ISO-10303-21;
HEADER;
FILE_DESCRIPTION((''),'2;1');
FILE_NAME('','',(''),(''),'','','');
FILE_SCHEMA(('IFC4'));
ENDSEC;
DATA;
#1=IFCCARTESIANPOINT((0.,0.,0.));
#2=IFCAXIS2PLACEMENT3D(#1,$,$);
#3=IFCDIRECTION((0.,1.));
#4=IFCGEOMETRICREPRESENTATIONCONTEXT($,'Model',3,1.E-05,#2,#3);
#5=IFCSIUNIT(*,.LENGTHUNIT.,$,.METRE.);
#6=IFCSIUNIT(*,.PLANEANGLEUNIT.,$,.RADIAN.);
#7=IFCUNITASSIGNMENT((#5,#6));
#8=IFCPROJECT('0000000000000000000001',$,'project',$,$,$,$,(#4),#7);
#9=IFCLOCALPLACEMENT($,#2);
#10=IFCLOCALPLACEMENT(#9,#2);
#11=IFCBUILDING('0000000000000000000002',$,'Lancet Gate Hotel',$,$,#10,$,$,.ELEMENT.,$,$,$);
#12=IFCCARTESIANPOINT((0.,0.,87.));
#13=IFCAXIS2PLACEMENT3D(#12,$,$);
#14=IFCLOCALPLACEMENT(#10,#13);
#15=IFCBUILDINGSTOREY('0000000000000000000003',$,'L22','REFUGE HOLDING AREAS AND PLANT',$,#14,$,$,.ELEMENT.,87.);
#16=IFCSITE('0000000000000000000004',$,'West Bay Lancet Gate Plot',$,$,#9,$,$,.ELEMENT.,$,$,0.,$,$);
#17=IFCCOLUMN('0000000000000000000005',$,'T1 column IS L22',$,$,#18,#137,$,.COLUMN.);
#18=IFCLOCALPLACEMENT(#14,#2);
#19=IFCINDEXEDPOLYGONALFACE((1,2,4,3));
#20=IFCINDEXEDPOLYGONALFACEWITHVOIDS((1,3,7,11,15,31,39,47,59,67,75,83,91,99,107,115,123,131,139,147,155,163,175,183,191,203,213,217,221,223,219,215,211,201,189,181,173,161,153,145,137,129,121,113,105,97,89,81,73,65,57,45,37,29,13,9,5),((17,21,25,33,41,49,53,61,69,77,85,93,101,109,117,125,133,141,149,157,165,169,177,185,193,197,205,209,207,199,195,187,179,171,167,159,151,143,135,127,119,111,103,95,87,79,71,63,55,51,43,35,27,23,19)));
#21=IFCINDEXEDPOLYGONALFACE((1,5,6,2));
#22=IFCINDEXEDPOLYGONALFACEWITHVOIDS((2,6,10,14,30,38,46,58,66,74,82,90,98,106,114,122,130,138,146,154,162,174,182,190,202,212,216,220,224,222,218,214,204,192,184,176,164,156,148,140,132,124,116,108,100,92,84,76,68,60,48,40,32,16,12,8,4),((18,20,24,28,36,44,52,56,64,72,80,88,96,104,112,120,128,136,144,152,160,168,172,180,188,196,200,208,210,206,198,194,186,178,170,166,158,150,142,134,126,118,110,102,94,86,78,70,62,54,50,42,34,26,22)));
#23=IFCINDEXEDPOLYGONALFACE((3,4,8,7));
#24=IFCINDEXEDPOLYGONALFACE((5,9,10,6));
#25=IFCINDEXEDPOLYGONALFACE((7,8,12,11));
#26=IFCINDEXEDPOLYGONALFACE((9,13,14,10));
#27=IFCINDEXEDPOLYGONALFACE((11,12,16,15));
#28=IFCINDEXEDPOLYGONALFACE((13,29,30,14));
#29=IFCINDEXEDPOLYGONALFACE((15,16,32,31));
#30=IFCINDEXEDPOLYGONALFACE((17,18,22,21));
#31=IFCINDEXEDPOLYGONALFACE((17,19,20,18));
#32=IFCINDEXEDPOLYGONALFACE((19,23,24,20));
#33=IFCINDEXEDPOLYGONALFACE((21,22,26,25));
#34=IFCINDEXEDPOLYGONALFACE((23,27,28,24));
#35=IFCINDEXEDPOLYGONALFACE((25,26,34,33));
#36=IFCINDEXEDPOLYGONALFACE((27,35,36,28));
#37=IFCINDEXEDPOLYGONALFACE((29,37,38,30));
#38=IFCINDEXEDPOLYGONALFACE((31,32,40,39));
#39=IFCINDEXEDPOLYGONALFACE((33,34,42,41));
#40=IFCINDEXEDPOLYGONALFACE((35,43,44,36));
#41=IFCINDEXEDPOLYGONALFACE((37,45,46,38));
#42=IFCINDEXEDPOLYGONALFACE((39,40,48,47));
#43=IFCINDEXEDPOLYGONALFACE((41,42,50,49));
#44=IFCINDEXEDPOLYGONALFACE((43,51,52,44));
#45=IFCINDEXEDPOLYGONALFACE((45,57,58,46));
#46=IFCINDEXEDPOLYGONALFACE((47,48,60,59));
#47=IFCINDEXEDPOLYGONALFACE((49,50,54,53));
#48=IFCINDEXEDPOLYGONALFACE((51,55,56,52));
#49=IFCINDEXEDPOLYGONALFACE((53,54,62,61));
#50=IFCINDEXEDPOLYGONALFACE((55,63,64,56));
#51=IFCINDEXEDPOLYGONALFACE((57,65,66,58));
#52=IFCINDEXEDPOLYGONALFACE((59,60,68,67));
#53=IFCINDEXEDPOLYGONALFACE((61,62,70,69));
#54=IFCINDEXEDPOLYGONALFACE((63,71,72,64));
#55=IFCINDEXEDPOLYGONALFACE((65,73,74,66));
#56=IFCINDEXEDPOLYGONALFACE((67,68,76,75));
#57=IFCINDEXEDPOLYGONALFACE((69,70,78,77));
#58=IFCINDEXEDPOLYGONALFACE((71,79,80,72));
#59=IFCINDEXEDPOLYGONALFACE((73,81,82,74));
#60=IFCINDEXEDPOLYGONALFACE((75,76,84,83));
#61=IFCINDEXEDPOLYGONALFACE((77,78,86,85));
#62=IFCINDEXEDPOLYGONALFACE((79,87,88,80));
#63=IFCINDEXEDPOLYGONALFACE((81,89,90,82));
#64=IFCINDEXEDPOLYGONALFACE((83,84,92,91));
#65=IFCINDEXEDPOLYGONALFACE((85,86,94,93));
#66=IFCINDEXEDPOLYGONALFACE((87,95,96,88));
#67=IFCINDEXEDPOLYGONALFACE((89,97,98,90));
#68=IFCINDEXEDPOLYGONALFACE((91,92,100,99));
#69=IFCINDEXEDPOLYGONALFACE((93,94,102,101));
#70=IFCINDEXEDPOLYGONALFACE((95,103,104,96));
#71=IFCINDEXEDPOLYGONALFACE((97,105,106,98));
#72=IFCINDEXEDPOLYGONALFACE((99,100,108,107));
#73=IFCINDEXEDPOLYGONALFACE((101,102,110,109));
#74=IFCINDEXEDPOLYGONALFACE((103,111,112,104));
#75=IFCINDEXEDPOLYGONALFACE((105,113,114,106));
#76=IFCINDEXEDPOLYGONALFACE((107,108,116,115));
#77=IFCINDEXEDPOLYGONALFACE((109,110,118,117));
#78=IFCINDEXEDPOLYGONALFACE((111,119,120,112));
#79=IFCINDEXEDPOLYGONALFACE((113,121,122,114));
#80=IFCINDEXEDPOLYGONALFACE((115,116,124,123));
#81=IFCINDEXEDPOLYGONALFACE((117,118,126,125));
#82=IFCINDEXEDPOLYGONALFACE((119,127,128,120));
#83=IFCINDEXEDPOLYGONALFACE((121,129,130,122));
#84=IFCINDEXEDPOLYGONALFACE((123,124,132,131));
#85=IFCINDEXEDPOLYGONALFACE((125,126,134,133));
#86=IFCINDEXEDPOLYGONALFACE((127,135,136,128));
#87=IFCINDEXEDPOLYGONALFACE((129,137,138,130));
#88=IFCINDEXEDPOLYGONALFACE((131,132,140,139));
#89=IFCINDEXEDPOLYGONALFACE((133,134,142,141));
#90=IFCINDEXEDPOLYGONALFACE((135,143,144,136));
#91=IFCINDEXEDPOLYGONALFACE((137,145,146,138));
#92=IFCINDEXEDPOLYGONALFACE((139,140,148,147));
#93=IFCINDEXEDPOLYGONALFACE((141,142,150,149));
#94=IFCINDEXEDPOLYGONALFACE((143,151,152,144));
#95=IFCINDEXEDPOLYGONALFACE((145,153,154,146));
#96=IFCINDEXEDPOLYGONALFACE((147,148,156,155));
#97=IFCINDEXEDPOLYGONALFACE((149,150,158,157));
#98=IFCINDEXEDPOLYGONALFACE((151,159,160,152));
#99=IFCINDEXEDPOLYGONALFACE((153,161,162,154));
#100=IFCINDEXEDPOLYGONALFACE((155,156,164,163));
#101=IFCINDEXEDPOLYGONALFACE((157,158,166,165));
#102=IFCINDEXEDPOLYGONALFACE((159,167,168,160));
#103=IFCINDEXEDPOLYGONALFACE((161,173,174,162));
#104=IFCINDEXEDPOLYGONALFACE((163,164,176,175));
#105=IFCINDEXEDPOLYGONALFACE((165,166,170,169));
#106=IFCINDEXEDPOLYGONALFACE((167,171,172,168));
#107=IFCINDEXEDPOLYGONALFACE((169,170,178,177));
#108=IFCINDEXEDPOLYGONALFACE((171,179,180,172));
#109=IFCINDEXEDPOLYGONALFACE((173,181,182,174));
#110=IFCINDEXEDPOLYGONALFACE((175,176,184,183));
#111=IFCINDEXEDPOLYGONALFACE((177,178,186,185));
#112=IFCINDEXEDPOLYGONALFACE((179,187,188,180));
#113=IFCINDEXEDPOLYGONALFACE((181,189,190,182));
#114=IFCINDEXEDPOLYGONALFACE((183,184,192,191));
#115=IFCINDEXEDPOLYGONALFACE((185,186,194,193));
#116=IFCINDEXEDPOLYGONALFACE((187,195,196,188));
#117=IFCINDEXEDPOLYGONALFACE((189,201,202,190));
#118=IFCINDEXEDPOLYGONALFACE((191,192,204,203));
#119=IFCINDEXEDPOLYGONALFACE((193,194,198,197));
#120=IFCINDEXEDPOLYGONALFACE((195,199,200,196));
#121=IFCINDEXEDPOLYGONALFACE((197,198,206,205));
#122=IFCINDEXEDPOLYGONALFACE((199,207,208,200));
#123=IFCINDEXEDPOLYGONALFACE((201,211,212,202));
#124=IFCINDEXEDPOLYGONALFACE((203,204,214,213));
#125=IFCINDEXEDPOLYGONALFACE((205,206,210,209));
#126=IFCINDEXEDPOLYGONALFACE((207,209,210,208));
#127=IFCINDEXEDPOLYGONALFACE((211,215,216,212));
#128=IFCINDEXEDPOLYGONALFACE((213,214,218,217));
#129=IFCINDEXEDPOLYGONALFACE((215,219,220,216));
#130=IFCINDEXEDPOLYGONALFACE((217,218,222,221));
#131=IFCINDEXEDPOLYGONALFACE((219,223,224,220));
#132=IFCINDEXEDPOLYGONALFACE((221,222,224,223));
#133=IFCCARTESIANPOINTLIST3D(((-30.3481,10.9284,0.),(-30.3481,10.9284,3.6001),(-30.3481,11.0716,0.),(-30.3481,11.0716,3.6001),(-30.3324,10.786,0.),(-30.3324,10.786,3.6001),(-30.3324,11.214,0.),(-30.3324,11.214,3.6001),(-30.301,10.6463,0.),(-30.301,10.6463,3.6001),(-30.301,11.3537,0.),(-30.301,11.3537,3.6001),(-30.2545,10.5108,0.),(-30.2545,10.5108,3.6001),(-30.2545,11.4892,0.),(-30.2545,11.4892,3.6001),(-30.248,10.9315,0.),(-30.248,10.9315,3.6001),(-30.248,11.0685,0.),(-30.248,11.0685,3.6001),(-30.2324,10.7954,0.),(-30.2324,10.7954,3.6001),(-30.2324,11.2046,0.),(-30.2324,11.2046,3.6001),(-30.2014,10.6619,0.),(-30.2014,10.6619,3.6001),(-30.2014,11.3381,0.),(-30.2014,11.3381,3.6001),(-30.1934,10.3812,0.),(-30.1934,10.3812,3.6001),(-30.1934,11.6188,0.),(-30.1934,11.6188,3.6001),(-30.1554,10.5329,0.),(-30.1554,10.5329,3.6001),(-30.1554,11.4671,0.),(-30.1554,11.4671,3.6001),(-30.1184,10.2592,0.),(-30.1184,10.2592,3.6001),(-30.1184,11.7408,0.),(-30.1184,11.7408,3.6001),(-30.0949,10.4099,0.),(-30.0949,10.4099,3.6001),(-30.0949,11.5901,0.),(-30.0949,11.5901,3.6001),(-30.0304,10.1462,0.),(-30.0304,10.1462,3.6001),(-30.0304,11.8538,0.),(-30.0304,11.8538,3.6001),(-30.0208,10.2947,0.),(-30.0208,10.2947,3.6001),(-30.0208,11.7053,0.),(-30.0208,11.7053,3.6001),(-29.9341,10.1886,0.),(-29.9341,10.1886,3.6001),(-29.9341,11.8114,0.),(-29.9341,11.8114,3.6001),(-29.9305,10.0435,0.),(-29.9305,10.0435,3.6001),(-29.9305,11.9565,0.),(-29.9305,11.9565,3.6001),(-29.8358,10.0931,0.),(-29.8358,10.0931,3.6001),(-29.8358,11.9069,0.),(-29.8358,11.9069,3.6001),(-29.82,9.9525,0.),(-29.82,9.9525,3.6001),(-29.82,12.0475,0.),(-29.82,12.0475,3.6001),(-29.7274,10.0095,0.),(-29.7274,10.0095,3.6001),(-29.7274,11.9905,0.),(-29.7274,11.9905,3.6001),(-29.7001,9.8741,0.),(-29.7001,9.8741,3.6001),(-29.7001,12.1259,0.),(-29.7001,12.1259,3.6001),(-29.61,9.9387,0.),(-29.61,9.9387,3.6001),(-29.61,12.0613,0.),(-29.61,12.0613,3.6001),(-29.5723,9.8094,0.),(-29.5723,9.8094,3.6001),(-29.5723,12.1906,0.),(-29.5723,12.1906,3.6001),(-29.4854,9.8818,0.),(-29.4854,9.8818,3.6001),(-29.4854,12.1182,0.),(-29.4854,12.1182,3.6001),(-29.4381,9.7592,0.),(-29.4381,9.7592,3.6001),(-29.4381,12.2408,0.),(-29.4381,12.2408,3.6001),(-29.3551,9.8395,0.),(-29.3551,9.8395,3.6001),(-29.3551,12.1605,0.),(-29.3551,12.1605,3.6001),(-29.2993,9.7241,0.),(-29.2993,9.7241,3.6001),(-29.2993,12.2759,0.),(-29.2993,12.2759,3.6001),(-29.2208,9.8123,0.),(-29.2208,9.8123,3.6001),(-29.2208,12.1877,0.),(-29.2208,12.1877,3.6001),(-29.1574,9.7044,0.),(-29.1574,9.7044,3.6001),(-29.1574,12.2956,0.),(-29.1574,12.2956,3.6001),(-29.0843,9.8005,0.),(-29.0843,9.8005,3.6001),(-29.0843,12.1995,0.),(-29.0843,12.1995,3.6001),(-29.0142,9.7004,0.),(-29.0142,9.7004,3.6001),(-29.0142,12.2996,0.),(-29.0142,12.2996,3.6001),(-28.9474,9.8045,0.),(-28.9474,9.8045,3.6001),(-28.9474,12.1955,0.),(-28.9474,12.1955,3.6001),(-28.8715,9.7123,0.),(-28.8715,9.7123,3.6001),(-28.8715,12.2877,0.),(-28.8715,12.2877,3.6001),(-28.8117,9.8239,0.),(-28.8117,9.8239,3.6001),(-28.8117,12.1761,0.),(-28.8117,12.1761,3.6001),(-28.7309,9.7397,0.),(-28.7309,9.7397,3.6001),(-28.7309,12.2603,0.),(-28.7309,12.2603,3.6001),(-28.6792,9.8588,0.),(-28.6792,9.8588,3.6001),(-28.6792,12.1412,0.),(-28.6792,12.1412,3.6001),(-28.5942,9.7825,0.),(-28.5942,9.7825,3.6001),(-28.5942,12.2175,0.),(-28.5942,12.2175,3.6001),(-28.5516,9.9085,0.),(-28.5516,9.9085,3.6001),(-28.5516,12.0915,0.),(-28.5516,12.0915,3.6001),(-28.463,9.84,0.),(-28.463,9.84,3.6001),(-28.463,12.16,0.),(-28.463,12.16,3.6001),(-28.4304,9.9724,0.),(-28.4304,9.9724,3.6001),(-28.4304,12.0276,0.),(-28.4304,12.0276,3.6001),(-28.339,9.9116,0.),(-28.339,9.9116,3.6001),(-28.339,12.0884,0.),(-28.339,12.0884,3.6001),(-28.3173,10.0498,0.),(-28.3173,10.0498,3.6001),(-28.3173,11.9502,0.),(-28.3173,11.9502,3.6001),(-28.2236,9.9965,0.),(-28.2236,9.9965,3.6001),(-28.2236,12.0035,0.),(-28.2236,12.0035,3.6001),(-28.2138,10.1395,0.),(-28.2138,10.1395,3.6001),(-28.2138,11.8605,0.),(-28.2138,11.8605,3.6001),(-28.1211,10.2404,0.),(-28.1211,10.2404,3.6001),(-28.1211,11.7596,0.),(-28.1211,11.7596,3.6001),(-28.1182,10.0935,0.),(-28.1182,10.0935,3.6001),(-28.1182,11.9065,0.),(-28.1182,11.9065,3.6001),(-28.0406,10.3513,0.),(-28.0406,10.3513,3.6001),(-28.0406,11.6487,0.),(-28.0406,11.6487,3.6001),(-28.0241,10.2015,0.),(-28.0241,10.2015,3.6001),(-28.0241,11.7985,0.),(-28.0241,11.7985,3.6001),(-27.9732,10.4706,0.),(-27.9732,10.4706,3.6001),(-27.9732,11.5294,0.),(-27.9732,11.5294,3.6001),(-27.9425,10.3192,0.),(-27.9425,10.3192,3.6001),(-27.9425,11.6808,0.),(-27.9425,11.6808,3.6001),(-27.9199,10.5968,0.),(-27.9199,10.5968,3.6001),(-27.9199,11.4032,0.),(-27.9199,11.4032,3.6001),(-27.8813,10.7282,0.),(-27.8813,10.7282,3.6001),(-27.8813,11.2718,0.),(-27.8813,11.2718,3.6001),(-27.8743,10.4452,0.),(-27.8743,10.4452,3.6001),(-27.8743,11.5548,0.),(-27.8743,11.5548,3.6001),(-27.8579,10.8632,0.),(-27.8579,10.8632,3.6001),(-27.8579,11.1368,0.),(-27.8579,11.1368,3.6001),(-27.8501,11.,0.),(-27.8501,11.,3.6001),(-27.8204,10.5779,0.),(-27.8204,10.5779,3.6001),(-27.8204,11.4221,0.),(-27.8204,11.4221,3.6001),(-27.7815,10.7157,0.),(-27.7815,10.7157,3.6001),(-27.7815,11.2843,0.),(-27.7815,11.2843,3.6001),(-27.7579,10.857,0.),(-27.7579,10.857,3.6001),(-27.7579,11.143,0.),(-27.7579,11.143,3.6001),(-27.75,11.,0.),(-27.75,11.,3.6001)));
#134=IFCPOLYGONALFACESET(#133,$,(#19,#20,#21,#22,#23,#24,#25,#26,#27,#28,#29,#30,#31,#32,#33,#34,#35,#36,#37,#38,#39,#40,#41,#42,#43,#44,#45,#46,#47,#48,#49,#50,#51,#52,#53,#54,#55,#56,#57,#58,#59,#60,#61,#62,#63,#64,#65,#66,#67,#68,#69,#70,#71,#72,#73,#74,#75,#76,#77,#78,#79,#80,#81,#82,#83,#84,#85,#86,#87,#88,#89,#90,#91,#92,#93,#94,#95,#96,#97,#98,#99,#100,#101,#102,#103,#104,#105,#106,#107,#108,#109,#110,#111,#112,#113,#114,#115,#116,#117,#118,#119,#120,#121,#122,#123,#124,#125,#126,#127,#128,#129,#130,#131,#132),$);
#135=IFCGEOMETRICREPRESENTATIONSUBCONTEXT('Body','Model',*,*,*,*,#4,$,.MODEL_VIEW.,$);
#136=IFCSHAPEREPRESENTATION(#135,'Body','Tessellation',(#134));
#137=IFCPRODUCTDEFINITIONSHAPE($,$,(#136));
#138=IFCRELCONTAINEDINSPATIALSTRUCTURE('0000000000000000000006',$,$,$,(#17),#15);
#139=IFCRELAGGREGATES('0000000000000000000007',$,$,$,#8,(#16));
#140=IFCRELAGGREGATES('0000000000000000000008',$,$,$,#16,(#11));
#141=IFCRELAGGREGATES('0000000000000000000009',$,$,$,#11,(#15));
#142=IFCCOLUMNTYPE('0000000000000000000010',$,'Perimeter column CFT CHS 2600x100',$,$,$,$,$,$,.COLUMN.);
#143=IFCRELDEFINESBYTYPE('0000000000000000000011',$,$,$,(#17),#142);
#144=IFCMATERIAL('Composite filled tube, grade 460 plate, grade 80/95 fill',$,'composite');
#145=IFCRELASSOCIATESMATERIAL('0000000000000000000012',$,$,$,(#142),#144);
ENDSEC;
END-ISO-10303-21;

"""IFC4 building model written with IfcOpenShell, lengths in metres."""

from ifc_helpers import new_model, si_unit, direction, frame, origin, origin_2d, place, context, subcontext, project, spatial, hollow_circle, extrude, material, material_profile, profile_set, type_object, element, save


model = new_model("IFC4")

# Units and contexts
model_context = context("Model", 3, precision=1e-05, world=origin(), true_north=direction((0.0, 1.0)))
body_context = subcontext(model_context, "Body", "Model", "MODEL_VIEW")
ifc_project = project(units=[si_unit("LENGTHUNIT", "METRE"), si_unit("PLANEANGLEUNIT", "RADIAN")], contexts=[model_context])

# Site, building, storey
site_placement = place(None, origin())
site = spatial("IfcSite", under=ifc_project, at=site_placement, Name="West Bay Lancet Gate Plot", CompositionType="ELEMENT", RefElevation=0.0)
building_placement = place(site_placement, origin())
building = spatial("IfcBuilding", under=site, at=building_placement, Name="Lancet Gate Hotel", CompositionType="ELEMENT")
storey_placement = place(building_placement, frame((0.0, 0.0, 87.0)))
storey = spatial("IfcBuildingStorey", under=building, at=storey_placement, Name="L22", Description="REFUGE HOLDING AREAS AND PLANT", CompositionType="ELEMENT", Elevation=87.0)

# Column
ifc_material_1 = material(Name="Composite filled tube, grade 460 plate, grade 80/95 fill", Category="composite")
ifc_material_profile_1 = material_profile(ifc_material_1, hollow_circle(Radius=1.3, WallThickness=0.1001, at=origin_2d()), Name="CHS 2600x100")
ifc_profile_set_1 = profile_set([ifc_material_profile_1], Name="Composite filled tube, grade 460 plate, grade 80/95 fill")
column_type = type_object("IfcColumnType", Name="Perimeter column CFT CHS 2600x100", PredefinedType="COLUMN", material=ifc_profile_set_1)
for number, where, z_axis, x_axis, name in (
    (1, (-29.05, 11.0, 0.0), (0.0, 0.0, 1.0), (1.0, 0.0, 0.0), "T1 column IS L22"),
):
    element("IfcColumn", number, at=place(storey_placement, frame(where, z_axis=z_axis, x_axis=x_axis)), inside=storey, type_object=column_type, Name=name, PredefinedType="COLUMN", context=body_context, shape_type="SweptSolid", body=[
        extrude(hollow_circle(Radius=1.3, WallThickness=0.1001, at=origin_2d()), origin(), (0.0, 0.0, 1.0), 3.6001),
    ])

save(model, "model.ifc")
